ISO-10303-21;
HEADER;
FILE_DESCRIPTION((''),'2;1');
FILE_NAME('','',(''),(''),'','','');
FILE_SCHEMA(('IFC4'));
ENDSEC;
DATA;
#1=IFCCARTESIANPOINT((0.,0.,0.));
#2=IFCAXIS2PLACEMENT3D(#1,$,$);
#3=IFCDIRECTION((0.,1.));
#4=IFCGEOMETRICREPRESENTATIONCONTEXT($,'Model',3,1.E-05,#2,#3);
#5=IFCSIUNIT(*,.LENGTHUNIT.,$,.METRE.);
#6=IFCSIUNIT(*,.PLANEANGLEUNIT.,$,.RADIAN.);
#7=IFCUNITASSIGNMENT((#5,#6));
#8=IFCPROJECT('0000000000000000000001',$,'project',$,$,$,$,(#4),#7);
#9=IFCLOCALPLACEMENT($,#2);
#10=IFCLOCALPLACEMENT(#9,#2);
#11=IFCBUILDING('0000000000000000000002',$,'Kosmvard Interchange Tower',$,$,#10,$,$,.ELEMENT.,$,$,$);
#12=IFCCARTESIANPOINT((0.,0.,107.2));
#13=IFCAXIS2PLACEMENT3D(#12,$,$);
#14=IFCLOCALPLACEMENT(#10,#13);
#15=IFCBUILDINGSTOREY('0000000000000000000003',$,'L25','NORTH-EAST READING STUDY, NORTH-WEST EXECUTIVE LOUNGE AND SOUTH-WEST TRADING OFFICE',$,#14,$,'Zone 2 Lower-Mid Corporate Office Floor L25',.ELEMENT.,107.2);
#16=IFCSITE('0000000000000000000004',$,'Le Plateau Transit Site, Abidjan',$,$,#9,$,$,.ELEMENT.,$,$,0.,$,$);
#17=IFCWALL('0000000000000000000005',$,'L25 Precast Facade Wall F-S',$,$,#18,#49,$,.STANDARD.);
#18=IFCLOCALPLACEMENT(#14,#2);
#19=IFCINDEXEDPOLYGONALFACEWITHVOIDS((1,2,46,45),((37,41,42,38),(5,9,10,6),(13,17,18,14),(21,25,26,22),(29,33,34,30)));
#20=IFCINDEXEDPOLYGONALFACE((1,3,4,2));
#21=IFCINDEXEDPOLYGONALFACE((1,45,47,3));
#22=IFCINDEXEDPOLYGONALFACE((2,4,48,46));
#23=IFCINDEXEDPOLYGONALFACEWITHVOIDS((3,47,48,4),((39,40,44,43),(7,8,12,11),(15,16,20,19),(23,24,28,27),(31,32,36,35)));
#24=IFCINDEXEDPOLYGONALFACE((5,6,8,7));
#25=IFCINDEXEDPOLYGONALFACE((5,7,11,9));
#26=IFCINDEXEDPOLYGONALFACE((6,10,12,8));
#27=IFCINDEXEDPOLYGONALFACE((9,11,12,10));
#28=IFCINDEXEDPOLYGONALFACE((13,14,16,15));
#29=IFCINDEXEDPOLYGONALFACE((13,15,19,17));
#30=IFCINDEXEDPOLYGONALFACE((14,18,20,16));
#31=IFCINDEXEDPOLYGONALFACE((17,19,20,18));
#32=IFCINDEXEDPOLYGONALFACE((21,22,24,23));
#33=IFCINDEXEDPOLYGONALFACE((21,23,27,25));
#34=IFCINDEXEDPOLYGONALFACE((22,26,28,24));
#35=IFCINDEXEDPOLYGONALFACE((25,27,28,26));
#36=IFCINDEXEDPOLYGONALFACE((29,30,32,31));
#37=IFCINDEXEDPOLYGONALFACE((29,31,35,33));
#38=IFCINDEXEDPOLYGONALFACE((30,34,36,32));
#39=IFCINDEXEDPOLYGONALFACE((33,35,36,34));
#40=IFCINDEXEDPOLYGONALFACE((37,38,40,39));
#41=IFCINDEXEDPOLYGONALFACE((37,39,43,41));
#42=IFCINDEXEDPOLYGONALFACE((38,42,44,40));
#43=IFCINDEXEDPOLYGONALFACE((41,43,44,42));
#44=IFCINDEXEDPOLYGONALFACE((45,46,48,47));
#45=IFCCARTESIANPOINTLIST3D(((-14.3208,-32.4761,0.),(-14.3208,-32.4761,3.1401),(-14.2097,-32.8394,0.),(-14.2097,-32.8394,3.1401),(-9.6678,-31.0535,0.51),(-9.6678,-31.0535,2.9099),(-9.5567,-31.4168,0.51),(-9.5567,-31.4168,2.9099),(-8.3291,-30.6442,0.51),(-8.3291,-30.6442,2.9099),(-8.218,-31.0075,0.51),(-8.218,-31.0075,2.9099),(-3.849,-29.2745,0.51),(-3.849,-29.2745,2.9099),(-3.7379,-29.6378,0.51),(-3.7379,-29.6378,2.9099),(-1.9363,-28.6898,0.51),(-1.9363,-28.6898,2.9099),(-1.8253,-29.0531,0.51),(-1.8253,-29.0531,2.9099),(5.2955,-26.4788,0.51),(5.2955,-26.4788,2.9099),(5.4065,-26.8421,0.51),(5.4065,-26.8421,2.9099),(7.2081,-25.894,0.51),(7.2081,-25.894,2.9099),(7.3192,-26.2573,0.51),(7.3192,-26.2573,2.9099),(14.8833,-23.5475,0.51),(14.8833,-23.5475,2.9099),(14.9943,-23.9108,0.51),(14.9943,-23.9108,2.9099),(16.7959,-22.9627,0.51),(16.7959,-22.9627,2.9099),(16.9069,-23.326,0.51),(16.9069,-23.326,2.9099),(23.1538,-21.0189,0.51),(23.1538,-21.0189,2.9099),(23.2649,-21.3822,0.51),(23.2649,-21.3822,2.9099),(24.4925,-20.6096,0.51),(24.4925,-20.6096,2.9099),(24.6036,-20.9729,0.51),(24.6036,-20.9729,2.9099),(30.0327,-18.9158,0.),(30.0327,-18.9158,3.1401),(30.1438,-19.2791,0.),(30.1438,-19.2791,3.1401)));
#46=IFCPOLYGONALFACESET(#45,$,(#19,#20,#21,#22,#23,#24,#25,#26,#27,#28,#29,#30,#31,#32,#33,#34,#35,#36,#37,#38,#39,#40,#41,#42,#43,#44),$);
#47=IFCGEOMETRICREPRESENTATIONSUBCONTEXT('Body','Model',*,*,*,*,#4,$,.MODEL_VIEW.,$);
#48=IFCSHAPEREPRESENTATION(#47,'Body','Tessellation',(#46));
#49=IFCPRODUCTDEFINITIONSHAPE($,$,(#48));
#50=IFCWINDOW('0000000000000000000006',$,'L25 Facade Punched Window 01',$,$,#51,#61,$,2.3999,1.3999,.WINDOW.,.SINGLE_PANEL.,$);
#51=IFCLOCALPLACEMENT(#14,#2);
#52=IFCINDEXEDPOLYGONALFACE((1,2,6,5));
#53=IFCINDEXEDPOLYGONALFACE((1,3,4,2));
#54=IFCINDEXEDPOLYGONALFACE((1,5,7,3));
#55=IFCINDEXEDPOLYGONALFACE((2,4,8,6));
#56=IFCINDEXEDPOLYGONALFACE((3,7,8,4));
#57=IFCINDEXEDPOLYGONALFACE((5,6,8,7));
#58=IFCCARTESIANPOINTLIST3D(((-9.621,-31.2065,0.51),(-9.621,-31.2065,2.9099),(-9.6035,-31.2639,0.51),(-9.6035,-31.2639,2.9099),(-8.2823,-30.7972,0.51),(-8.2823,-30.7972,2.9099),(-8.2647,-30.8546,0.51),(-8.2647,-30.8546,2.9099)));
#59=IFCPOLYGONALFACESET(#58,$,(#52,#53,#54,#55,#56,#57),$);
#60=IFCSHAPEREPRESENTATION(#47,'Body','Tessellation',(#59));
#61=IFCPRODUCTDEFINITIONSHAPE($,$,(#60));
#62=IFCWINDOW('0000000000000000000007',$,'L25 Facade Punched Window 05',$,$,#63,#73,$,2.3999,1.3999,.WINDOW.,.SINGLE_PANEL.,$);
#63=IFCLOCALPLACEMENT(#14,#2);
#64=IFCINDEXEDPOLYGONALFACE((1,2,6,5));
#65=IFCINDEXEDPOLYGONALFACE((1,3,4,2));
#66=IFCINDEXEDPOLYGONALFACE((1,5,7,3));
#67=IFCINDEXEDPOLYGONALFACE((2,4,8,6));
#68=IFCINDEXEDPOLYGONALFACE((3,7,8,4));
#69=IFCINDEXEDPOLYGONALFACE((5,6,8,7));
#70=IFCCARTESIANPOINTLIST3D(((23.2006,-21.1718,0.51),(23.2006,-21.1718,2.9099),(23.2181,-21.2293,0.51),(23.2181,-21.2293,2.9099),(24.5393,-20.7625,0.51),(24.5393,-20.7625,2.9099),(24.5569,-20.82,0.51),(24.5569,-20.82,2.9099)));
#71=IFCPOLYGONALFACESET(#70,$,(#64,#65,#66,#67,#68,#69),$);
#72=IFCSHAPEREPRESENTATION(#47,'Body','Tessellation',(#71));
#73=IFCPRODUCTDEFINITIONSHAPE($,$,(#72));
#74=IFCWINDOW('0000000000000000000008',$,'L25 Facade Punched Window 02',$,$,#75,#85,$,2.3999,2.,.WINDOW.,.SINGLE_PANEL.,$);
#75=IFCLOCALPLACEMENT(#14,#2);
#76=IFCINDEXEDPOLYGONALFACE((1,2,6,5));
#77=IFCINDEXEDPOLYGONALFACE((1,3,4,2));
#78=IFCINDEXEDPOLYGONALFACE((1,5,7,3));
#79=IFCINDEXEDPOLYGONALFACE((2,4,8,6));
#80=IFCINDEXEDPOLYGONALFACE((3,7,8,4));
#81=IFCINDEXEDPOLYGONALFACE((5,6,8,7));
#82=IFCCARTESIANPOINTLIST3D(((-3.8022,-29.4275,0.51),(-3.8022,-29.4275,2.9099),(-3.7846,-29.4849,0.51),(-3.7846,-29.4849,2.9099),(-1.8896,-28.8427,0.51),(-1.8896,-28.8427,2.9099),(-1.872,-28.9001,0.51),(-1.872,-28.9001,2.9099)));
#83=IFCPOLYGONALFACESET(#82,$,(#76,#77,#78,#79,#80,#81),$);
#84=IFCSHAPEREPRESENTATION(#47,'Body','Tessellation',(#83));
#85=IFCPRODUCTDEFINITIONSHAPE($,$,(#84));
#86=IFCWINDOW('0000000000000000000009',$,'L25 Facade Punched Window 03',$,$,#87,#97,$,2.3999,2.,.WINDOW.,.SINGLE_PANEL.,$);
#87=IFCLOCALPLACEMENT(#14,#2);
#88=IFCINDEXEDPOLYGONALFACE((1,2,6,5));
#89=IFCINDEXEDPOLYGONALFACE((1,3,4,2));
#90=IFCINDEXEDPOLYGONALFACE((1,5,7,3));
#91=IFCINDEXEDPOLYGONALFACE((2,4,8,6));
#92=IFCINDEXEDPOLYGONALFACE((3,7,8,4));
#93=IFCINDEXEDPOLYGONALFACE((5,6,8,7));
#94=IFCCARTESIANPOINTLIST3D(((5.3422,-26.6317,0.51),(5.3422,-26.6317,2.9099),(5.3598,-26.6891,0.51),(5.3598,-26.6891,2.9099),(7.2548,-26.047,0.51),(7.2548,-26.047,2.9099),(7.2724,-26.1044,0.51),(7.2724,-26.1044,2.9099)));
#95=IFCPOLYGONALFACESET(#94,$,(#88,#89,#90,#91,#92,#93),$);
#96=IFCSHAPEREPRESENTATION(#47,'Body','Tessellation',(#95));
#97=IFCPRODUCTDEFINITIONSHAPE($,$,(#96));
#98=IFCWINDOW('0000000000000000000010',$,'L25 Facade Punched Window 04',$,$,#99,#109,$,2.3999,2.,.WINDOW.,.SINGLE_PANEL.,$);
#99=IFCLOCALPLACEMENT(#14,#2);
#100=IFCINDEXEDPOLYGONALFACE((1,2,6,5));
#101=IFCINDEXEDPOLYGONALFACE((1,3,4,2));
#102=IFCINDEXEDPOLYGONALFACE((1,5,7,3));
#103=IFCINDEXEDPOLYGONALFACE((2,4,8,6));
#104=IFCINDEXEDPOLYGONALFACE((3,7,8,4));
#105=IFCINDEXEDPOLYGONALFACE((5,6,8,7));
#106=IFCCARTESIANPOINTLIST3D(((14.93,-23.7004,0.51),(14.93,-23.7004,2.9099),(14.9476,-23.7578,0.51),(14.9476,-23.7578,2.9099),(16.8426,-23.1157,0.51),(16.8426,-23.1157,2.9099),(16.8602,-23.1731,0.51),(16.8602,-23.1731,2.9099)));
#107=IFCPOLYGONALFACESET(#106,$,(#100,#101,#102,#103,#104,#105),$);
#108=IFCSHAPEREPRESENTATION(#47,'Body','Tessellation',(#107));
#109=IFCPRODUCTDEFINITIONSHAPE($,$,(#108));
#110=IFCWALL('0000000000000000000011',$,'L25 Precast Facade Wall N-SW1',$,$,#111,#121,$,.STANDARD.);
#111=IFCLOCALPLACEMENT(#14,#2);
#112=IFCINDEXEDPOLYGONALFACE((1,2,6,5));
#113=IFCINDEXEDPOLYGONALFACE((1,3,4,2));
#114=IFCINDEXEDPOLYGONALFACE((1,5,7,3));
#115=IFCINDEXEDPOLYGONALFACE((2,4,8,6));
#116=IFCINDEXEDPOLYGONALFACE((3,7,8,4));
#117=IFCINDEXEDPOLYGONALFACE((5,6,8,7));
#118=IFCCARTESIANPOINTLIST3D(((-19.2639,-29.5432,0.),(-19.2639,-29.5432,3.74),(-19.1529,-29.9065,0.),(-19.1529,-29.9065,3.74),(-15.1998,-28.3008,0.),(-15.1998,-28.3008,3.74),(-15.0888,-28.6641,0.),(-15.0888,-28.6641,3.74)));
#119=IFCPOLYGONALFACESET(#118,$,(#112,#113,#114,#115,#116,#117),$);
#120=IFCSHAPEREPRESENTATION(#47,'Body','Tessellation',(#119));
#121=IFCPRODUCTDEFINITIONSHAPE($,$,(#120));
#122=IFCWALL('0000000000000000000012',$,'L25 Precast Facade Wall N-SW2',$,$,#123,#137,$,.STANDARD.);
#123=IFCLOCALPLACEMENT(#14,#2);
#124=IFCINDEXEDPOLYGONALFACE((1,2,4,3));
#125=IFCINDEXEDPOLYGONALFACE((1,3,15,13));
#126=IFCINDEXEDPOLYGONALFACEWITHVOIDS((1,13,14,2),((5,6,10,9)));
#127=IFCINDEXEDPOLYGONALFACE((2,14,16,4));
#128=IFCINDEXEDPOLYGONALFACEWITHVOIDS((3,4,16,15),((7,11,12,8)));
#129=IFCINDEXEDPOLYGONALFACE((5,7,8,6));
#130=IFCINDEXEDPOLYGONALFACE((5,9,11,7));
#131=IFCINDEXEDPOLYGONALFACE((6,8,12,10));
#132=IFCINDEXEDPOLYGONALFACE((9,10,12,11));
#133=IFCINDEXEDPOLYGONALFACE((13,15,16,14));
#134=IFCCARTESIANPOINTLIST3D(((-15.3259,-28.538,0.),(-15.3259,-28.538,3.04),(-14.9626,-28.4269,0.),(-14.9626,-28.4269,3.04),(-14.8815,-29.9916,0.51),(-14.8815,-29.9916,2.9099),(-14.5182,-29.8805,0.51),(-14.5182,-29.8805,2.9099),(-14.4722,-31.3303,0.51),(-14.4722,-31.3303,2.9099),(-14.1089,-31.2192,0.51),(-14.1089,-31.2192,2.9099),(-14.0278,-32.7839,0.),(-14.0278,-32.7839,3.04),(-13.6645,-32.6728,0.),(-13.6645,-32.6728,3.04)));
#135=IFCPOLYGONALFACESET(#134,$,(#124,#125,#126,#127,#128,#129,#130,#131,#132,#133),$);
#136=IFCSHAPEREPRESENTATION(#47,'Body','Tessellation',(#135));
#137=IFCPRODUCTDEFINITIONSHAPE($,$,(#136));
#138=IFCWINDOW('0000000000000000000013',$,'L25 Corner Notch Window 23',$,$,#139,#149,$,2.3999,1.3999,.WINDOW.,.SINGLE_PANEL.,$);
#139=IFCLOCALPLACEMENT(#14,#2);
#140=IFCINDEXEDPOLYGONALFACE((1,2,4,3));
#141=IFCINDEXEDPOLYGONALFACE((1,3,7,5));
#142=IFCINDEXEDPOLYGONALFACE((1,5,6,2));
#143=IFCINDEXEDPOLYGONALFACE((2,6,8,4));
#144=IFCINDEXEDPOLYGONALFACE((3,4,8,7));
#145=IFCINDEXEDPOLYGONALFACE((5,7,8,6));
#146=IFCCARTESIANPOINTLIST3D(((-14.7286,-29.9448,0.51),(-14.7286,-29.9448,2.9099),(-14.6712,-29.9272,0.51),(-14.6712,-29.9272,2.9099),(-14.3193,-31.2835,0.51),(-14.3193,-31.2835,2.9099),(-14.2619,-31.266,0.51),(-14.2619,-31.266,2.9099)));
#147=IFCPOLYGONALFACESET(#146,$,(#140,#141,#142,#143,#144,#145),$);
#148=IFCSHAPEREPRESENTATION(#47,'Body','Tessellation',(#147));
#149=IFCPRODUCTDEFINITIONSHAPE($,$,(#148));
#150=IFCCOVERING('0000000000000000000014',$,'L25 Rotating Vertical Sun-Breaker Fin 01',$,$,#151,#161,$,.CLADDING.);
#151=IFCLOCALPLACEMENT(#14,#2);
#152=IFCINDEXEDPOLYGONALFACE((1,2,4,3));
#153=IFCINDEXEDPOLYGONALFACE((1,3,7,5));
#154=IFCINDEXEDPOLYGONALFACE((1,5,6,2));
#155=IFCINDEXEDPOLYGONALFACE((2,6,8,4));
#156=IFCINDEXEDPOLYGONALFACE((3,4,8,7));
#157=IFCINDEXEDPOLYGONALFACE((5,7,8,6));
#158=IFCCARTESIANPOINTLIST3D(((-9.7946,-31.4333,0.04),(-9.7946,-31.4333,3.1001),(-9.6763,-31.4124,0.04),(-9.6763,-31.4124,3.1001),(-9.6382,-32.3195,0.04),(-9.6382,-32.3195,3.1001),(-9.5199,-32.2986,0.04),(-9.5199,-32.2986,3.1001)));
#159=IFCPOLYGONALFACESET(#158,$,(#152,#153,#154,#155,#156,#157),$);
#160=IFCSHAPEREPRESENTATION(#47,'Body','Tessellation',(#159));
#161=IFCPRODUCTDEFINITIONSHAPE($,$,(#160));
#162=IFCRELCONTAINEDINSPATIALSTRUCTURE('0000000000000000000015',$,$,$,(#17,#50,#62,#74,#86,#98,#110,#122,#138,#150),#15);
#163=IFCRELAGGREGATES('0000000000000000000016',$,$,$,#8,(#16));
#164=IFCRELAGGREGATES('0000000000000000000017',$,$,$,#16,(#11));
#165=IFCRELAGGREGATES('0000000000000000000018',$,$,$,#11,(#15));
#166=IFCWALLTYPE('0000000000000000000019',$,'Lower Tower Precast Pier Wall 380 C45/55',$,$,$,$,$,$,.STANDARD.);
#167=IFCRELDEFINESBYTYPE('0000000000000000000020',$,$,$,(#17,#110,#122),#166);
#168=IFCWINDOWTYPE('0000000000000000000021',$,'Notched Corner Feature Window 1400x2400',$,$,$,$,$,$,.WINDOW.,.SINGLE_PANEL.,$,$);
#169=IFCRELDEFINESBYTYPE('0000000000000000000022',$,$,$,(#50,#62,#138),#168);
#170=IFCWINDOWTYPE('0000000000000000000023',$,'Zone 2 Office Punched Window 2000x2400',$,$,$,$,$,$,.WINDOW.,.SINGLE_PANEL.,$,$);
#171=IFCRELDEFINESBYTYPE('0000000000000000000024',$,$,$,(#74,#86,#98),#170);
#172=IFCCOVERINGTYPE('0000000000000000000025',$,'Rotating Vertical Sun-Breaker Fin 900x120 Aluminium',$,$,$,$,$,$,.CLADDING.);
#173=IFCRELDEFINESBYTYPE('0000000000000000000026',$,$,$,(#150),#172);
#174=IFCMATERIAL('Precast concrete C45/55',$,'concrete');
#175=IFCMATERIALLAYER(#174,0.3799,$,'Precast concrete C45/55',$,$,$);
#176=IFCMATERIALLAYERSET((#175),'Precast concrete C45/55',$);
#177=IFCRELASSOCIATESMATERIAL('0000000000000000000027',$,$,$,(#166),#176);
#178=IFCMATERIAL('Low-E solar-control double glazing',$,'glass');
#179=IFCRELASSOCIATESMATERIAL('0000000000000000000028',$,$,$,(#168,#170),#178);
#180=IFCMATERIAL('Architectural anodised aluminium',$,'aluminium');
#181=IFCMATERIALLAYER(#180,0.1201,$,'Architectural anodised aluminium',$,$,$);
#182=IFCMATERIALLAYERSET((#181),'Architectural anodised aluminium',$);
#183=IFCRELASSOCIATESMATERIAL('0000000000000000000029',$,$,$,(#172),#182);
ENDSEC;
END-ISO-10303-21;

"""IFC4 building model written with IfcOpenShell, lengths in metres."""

from ifc_helpers import new_model, si_unit, direction, frame, frame_2d, origin, origin_2d, place, context, subcontext, project, spatial, rectangle, extrude, source, transform, mapped, material, layer, layer_set, type_object, element, fill, save


model = new_model("IFC4")

# Units and contexts
model_context = context("Model", 3, precision=1e-05, world=origin(), true_north=direction((0.0, 1.0)))
body_context = subcontext(model_context, "Body", "Model", "MODEL_VIEW")
ifc_project = project(units=[si_unit("LENGTHUNIT", "METRE"), si_unit("PLANEANGLEUNIT", "RADIAN")], contexts=[model_context])

# Site, building, storey
site_placement = place(None, origin())
site = spatial("IfcSite", under=ifc_project, at=site_placement, Name="Le Plateau Transit Site, Abidjan", CompositionType="ELEMENT", RefElevation=0.0)
building_placement = place(site_placement, origin())
building = spatial("IfcBuilding", under=site, at=building_placement, Name="Kosmvard Interchange Tower", CompositionType="ELEMENT")
storey_placement = place(building_placement, frame((0.0, 0.0, 107.2)))
storey = spatial("IfcBuildingStorey", under=building, at=storey_placement, Name="L25", Description="NORTH-EAST READING STUDY, NORTH-WEST EXECUTIVE LOUNGE AND SOUTH-WEST TRADING OFFICE", LongName="Zone 2 Lower-Mid Corporate Office Floor L25", CompositionType="ELEMENT", Elevation=107.2)

# Shared definitions
ifc_material_1 = material(Name="Precast concrete C45/55", Category="concrete")

# Wall, openings, windows
ifc_layer_1 = layer(ifc_material_1, 0.3799, Name="Precast concrete C45/55")
ifc_layer_set_1 = layer_set([ifc_layer_1], Name="Precast concrete C45/55")
wall_type_1 = type_object("IfcWallType", Name="Lower Tower Precast Pier Wall 380 C45/55", PredefinedType="STANDARD", material=ifc_layer_set_1)
wall_1_placement = place(storey_placement, frame((-14.2651, -32.6577, 0.0), z_axis=(0.0, 0.0, 1.0), x_axis=(0.956304, 0.292373, 0.0)))
wall_1 = element("IfcWall", 1, at=wall_1_placement, inside=storey, type_object=wall_type_1, Name="L25 Precast Facade Wall F-S", PredefinedType="STANDARD", context=body_context, shape_type="SweptSolid", body=[
    extrude(rectangle(XDim=46.3801, YDim=0.3799, at=frame_2d((23.1899, 0.0))), origin(), (0.0, 0.0, 1.0), 3.1401),
])
opening_1_placement = place(wall_1_placement, frame((4.8655, 0.0, 0.51)))
opening_1 = element("IfcOpeningElement", 2, at=opening_1_placement, cuts=wall_1, PredefinedType="OPENING", context=body_context, shape_type="SweptSolid", body=[
    extrude(rectangle(XDim=1.3999, YDim=2.3999, at=frame_2d((0.7, 1.2))), frame((0.0, 0.2, 0.0), z_axis=(0.0, -1.0, 0.0), x_axis=(1.0, 0.0, 0.0)), (0.0, 0.0, 1.0), 0.3999),
])
opening_2_placement = place(wall_1_placement, frame((10.9502, 0.0, 0.51)))
opening_2 = element("IfcOpeningElement", 3, at=opening_2_placement, cuts=wall_1, PredefinedType="OPENING", context=body_context, shape_type="SweptSolid", body=[
    extrude(rectangle(XDim=2.0, YDim=2.3999, at=frame_2d((1.0, 1.2))), frame((0.0, 0.2, 0.0), z_axis=(0.0, -1.0, 0.0), x_axis=(1.0, 0.0, 0.0)), (0.0, 0.0, 1.0), 0.3999),
])
opening_3_placement = place(wall_1_placement, frame((20.5125, 0.0, 0.51)))
opening_3 = element("IfcOpeningElement", 4, at=opening_3_placement, cuts=wall_1, PredefinedType="OPENING", context=body_context, shape_type="SweptSolid", body=[
    extrude(rectangle(XDim=2.0, YDim=2.3999, at=frame_2d((1.0, 1.2))), frame((0.0, 0.2, 0.0), z_axis=(0.0, -1.0, 0.0), x_axis=(1.0, 0.0, 0.0)), (0.0, 0.0, 1.0), 0.3999),
])
opening_4_placement = place(wall_1_placement, frame((30.5383, 0.0, 0.51)))
opening_4 = element("IfcOpeningElement", 5, at=opening_4_placement, cuts=wall_1, PredefinedType="OPENING", context=body_context, shape_type="SweptSolid", body=[
    extrude(rectangle(XDim=2.0, YDim=2.3999, at=frame_2d((1.0, 1.2))), frame((0.0, 0.2, 0.0), z_axis=(0.0, -1.0, 0.0), x_axis=(1.0, 0.0, 0.0)), (0.0, 0.0, 1.0), 0.3999),
])
opening_5_placement = place(wall_1_placement, frame((39.1868, 0.0, 0.51)))
opening_5 = element("IfcOpeningElement", 6, at=opening_5_placement, cuts=wall_1, PredefinedType="OPENING", context=body_context, shape_type="SweptSolid", body=[
    extrude(rectangle(XDim=1.3999, YDim=2.3999, at=frame_2d((0.7, 1.2))), frame((0.0, 0.2, 0.0), z_axis=(0.0, -1.0, 0.0), x_axis=(1.0, 0.0, 0.0)), (0.0, 0.0, 1.0), 0.3999),
])
ifc_material_2 = material(Name="Low-E solar-control double glazing", Category="glass")
window_type_1 = type_object("IfcWindowType", Name="Notched Corner Feature Window 1400x2400", PartitioningType="SINGLE_PANEL", PredefinedType="WINDOW", material=ifc_material_2)
shared_shape_1 = source(origin(), body_context, "Body", "SweptSolid", [
    extrude(rectangle(XDim=1.3999, YDim=2.3999, at=frame_2d((0.7, 1.2))), frame((0.0, 0.03, 0.0), z_axis=(0.0, -1.0, 0.0), x_axis=(1.0, 0.0, 0.0)), (0.0, 0.0, 1.0), 0.0601),
])
window_1_placement = place(opening_1_placement, origin())
window_1 = element("IfcWindow", 7, at=window_1_placement, inside=storey, type_object=window_type_1, Name="L25 Facade Punched Window 01", OverallHeight=2.3999, OverallWidth=1.3999, PartitioningType="SINGLE_PANEL", PredefinedType="WINDOW", context=body_context, shape_type="MappedRepresentation", body=[
    mapped(shared_shape_1, transform((0.0, 0.0, 0.0), scale=1.0)),
])
fill(opening_1, window_1)
window_2_placement = place(opening_5_placement, origin())
window_2 = element("IfcWindow", 8, at=window_2_placement, inside=storey, type_object=window_type_1, Name="L25 Facade Punched Window 05", OverallHeight=2.3999, OverallWidth=1.3999, PartitioningType="SINGLE_PANEL", PredefinedType="WINDOW", context=body_context, shape_type="MappedRepresentation", body=[
    mapped(shared_shape_1, transform((0.0, 0.0, 0.0), scale=1.0)),
])
fill(opening_5, window_2)
window_type_2 = type_object("IfcWindowType", Name="Zone 2 Office Punched Window 2000x2400", PartitioningType="SINGLE_PANEL", PredefinedType="WINDOW", material=ifc_material_2)
shared_shape_2 = source(origin(), body_context, "Body", "SweptSolid", [
    extrude(rectangle(XDim=2.0, YDim=2.3999, at=frame_2d((1.0, 1.2))), frame((0.0, 0.03, 0.0), z_axis=(0.0, -1.0, 0.0), x_axis=(1.0, 0.0, 0.0)), (0.0, 0.0, 1.0), 0.0601),
])
window_3_placement = place(opening_2_placement, origin())
window_3 = element("IfcWindow", 9, at=window_3_placement, inside=storey, type_object=window_type_2, Name="L25 Facade Punched Window 02", OverallHeight=2.3999, OverallWidth=2.0, PartitioningType="SINGLE_PANEL", PredefinedType="WINDOW", context=body_context, shape_type="MappedRepresentation", body=[
    mapped(shared_shape_2, transform((0.0, 0.0, 0.0), scale=1.0)),
])
fill(opening_2, window_3)
window_4_placement = place(opening_3_placement, origin())
window_4 = element("IfcWindow", 10, at=window_4_placement, inside=storey, type_object=window_type_2, Name="L25 Facade Punched Window 03", OverallHeight=2.3999, OverallWidth=2.0, PartitioningType="SINGLE_PANEL", PredefinedType="WINDOW", context=body_context, shape_type="MappedRepresentation", body=[
    mapped(shared_shape_2, transform((0.0, 0.0, 0.0), scale=1.0)),
])
fill(opening_3, window_4)
window_5_placement = place(opening_4_placement, origin())
window_5 = element("IfcWindow", 11, at=window_5_placement, inside=storey, type_object=window_type_2, Name="L25 Facade Punched Window 04", OverallHeight=2.3999, OverallWidth=2.0, PartitioningType="SINGLE_PANEL", PredefinedType="WINDOW", context=body_context, shape_type="MappedRepresentation", body=[
    mapped(shared_shape_2, transform((0.0, 0.0, 0.0), scale=1.0)),
])
fill(opening_4, window_5)

# Wall
wall_2_placement = place(storey_placement, frame((-19.2085, -29.7249, 0.0), z_axis=(0.0, 0.0, 1.0), x_axis=(0.956313, 0.292346, 0.0)))
element("IfcWall", 12, at=wall_2_placement, inside=storey, type_object=wall_type_1, Name="L25 Precast Facade Wall N-SW1", PredefinedType="STANDARD", context=body_context, shape_type="SweptSolid", body=[
    extrude(rectangle(XDim=4.2498, YDim=0.3799, at=frame_2d((2.125, 0.0))), origin(), (0.0, 0.0, 1.0), 3.74),
])

# Wall, opening, window
wall_3_placement = place(storey_placement, frame((-15.1443, -28.4824, 0.0), z_axis=(0.0, 0.0, 1.0), x_axis=(0.292374, -0.956304, 0.0)))
wall_3 = element("IfcWall", 13, at=wall_3_placement, inside=storey, type_object=wall_type_1, Name="L25 Precast Facade Wall N-SW2", PredefinedType="STANDARD", context=body_context, shape_type="SweptSolid", body=[
    extrude(rectangle(XDim=4.4399, YDim=0.3799, at=frame_2d((2.22, 0.0))), origin(), (0.0, 0.0, 1.0), 3.04),
])
opening_6_placement = place(wall_3_placement, frame((1.52, 0.0, 0.51)))
opening_6 = element("IfcOpeningElement", 14, at=opening_6_placement, cuts=wall_3, PredefinedType="OPENING", context=body_context, shape_type="SweptSolid", body=[
    extrude(rectangle(XDim=1.3999, YDim=2.3999, at=frame_2d((0.7, 1.2))), frame((0.0, 0.2, 0.0), z_axis=(0.0, -1.0, 0.0), x_axis=(1.0, 0.0, 0.0)), (0.0, 0.0, 1.0), 0.3999),
])
window_6_placement = place(opening_6_placement, origin())
window_6 = element("IfcWindow", 15, at=window_6_placement, inside=storey, type_object=window_type_1, Name="L25 Corner Notch Window 23", OverallHeight=2.3999, OverallWidth=1.3999, PartitioningType="SINGLE_PANEL", PredefinedType="WINDOW", context=body_context, shape_type="MappedRepresentation", body=[
    mapped(shared_shape_1, transform((0.0, 0.0, 0.0), scale=1.0)),
])
fill(opening_6, window_6)

# Covering
ifc_material_3 = material(Name="Architectural anodised aluminium", Category="aluminium")
ifc_layer_2 = layer(ifc_material_3, 0.1201, Name="Architectural anodised aluminium")
ifc_layer_set_2 = layer_set([ifc_layer_2], Name="Architectural anodised aluminium")
covering_type = type_object("IfcCoveringType", Name="Rotating Vertical Sun-Breaker Fin 900x120 Aluminium", PredefinedType="CLADDING", material=ifc_layer_set_2)
shared_shape_3 = source(origin(), body_context, "Body", "SweptSolid", [
    extrude(rectangle(XDim=0.8999, YDim=0.1201, at=origin_2d()), origin(), (0.0, 0.0, 1.0), 3.0601),
])
for number, where, z_axis, x_axis, name in (
    (16, (-9.6572, -31.866, 0.04), (0.0, 0.0, 1.0), (0.17382, -0.984777, 0.0), "L25 Rotating Vertical Sun-Breaker Fin 01"),
):
    element("IfcCovering", number, at=place(storey_placement, frame(where, z_axis=z_axis, x_axis=x_axis)), inside=storey, type_object=covering_type, Name=name, PredefinedType="CLADDING", context=body_context, shape_type="MappedRepresentation", body=[
        mapped(shared_shape_3, transform((0.0, 0.0, 0.0), scale=1.0)),
    ])

save(model, "model.ifc")
